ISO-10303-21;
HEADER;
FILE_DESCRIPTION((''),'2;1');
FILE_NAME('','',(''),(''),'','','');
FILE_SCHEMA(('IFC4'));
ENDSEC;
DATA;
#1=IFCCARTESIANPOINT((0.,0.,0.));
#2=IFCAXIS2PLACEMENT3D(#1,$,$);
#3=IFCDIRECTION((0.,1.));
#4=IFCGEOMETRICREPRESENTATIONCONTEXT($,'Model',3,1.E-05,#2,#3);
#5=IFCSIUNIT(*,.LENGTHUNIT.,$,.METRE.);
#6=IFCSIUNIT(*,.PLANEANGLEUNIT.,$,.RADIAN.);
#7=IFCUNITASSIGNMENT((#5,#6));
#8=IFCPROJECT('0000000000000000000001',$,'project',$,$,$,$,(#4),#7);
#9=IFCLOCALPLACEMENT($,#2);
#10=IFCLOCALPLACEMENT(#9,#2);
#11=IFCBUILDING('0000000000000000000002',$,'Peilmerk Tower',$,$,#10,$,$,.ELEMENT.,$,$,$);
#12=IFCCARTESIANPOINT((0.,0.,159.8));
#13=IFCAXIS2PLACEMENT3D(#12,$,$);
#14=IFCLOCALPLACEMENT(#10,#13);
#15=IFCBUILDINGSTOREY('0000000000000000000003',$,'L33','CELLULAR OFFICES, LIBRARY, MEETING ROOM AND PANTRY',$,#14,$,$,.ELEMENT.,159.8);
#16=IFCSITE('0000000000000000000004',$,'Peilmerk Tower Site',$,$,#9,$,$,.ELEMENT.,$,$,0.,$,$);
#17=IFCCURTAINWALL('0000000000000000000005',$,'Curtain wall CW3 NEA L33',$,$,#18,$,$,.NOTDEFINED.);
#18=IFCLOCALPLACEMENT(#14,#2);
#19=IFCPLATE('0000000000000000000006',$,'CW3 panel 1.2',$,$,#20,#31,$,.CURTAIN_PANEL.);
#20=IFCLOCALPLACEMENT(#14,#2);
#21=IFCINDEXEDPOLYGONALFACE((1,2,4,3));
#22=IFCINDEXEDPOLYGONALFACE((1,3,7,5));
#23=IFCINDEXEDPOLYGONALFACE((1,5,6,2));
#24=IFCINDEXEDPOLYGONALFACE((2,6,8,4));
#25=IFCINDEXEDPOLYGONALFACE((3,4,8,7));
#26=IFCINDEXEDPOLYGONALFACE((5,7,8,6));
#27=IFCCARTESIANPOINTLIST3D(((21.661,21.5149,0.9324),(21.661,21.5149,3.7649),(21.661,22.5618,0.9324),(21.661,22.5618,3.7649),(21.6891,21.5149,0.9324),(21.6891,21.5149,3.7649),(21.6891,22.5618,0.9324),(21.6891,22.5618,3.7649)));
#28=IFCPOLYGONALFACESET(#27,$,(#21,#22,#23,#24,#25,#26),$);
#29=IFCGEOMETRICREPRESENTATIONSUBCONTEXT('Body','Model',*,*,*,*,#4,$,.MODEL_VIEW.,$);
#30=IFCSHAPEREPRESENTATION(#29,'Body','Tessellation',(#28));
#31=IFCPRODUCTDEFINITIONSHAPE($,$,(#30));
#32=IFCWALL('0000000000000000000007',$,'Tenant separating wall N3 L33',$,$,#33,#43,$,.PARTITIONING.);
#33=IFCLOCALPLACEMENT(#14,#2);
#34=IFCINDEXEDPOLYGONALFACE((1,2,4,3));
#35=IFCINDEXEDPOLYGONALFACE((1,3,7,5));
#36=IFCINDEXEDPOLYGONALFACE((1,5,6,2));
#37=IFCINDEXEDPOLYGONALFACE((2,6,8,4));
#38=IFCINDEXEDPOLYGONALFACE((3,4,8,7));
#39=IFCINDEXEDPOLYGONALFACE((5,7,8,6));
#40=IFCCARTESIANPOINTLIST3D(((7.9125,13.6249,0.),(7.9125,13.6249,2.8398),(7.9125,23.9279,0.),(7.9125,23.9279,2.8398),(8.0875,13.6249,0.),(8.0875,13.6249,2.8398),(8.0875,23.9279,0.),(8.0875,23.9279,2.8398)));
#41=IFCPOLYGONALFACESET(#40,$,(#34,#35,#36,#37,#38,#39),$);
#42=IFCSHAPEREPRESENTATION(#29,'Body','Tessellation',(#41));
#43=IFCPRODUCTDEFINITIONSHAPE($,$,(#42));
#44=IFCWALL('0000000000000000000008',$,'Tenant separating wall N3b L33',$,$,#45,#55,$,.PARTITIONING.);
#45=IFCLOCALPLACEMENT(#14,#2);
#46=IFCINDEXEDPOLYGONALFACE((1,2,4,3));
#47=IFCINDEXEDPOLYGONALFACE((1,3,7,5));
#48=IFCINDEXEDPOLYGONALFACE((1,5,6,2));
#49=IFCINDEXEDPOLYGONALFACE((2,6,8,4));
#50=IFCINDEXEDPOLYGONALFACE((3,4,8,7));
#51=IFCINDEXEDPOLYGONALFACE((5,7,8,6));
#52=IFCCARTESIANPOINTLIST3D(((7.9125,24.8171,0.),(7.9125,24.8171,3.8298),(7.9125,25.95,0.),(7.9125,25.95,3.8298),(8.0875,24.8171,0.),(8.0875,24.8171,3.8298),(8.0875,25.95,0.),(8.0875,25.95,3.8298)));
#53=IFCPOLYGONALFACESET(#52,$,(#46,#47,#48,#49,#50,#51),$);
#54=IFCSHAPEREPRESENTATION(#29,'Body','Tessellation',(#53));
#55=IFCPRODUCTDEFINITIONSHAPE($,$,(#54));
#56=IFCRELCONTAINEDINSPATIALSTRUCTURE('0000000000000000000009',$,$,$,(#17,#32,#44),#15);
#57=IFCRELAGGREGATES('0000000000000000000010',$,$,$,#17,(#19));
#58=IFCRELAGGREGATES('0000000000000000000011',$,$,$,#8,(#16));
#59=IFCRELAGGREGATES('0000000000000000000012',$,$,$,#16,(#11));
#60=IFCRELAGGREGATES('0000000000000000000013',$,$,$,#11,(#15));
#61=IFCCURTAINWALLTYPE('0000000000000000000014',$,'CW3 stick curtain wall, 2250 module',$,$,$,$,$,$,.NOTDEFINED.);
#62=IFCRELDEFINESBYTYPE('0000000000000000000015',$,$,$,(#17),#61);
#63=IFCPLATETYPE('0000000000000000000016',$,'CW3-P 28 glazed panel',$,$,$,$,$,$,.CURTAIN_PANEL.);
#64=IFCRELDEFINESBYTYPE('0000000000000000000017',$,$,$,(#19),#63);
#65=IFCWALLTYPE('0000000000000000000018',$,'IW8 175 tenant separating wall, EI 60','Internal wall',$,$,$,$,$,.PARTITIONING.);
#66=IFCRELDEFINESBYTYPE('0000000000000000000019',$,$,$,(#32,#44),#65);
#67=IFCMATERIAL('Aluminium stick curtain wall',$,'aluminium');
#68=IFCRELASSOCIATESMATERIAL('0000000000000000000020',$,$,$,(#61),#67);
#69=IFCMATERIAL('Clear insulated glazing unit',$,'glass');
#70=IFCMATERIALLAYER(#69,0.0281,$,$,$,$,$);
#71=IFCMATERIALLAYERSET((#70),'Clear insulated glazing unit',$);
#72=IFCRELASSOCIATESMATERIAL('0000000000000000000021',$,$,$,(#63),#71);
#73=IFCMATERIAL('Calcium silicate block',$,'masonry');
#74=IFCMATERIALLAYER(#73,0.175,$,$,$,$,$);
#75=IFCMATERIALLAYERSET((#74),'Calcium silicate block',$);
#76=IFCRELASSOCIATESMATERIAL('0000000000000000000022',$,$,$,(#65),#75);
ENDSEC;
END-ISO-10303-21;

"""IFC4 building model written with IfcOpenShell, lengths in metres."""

from ifc_helpers import new_model, si_unit, direction, frame, frame_2d, origin, origin_2d, place, context, subcontext, project, spatial, rectangle, extrude, material, layer, layer_set, type_object, element, aggregate, save


model = new_model("IFC4")

# Units and contexts
model_context = context("Model", 3, precision=1e-05, world=origin(), true_north=direction((0.0, 1.0)))
body_context = subcontext(model_context, "Body", "Model", "MODEL_VIEW")
ifc_project = project(units=[si_unit("LENGTHUNIT", "METRE"), si_unit("PLANEANGLEUNIT", "RADIAN")], contexts=[model_context])

# Site, building, storey
site_placement = place(None, origin())
site = spatial("IfcSite", under=ifc_project, at=site_placement, Name="Peilmerk Tower Site", CompositionType="ELEMENT", RefElevation=0.0)
building_placement = place(site_placement, origin())
building = spatial("IfcBuilding", under=site, at=building_placement, Name="Peilmerk Tower", CompositionType="ELEMENT")
storey_placement = place(building_placement, frame((0.0, 0.0, 159.8)))
storey = spatial("IfcBuildingStorey", under=building, at=storey_placement, Name="L33", Description="CELLULAR OFFICES, LIBRARY, MEETING ROOM AND PANTRY", CompositionType="ELEMENT", Elevation=159.8)

# Curtain wall, plate
ifc_material_1 = material(Name="Aluminium stick curtain wall", Category="aluminium")
curtain_wall_type = type_object("IfcCurtainWallType", Name="CW3 stick curtain wall, 2250 module", PredefinedType="NOTDEFINED", material=ifc_material_1)
curtain_wall_placement = place(storey_placement, origin())
curtain_wall = element("IfcCurtainWall", 1, at=curtain_wall_placement, inside=storey, type_object=curtain_wall_type, Name="Curtain wall CW3 NEA L33", PredefinedType="NOTDEFINED")
ifc_material_2 = material(Name="Clear insulated glazing unit", Category="glass")
ifc_layer_1 = layer(ifc_material_2, 0.0281)
ifc_layer_set_1 = layer_set([ifc_layer_1], Name="Clear insulated glazing unit")
plate_type = type_object("IfcPlateType", Name="CW3-P 28 glazed panel", PredefinedType="CURTAIN_PANEL", material=ifc_layer_set_1)
plate_1_placement = place(storey_placement, frame((21.675, 22.0383, 0.9324), z_axis=(0.0, 0.0, 1.0), x_axis=(0.0, 1.0, 0.0)))
plate_1 = element("IfcPlate", 2, at=plate_1_placement, type_object=plate_type, Name="CW3 panel 1.2", PredefinedType="CURTAIN_PANEL", context=body_context, shape_type="SweptSolid", body=[
    extrude(rectangle(XDim=1.0469, YDim=0.0281, at=origin_2d()), origin(), (0.0, 0.0, 1.0), 2.8325),
])
aggregate(curtain_wall, [plate_1])

# Walls
ifc_material_3 = material(Name="Calcium silicate block", Category="masonry")
ifc_layer_2 = layer(ifc_material_3, 0.175)
ifc_layer_set_2 = layer_set([ifc_layer_2], Name="Calcium silicate block")
wall_type = type_object("IfcWallType", Name="IW8 175 tenant separating wall, EI 60", Description="Internal wall", PredefinedType="PARTITIONING", material=ifc_layer_set_2)
wall_1_placement = place(storey_placement, frame((8.0, 13.625, 0.0), z_axis=(0.0, 0.0, 1.0), x_axis=(0.0, 1.0, 0.0)))
element("IfcWall", 3, at=wall_1_placement, inside=storey, type_object=wall_type, Name="Tenant separating wall N3 L33", PredefinedType="PARTITIONING", context=body_context, shape_type="SweptSolid", body=[
    extrude(rectangle(XDim=10.303, YDim=0.175, at=frame_2d((5.1514, 0.0))), origin(), (0.0, 0.0, 1.0), 2.8398),
])
wall_2_placement = place(storey_placement, frame((8.0, 24.8171, 0.0), z_axis=(0.0, 0.0, 1.0), x_axis=(0.0, 1.0, 0.0)))
element("IfcWall", 4, at=wall_2_placement, inside=storey, type_object=wall_type, Name="Tenant separating wall N3b L33", PredefinedType="PARTITIONING", context=body_context, shape_type="SweptSolid", body=[
    extrude(rectangle(XDim=1.1328, YDim=0.175, at=frame_2d((0.5664, 0.0))), origin(), (0.0, 0.0, 1.0), 3.8298),
])

save(model, "model.ifc")
